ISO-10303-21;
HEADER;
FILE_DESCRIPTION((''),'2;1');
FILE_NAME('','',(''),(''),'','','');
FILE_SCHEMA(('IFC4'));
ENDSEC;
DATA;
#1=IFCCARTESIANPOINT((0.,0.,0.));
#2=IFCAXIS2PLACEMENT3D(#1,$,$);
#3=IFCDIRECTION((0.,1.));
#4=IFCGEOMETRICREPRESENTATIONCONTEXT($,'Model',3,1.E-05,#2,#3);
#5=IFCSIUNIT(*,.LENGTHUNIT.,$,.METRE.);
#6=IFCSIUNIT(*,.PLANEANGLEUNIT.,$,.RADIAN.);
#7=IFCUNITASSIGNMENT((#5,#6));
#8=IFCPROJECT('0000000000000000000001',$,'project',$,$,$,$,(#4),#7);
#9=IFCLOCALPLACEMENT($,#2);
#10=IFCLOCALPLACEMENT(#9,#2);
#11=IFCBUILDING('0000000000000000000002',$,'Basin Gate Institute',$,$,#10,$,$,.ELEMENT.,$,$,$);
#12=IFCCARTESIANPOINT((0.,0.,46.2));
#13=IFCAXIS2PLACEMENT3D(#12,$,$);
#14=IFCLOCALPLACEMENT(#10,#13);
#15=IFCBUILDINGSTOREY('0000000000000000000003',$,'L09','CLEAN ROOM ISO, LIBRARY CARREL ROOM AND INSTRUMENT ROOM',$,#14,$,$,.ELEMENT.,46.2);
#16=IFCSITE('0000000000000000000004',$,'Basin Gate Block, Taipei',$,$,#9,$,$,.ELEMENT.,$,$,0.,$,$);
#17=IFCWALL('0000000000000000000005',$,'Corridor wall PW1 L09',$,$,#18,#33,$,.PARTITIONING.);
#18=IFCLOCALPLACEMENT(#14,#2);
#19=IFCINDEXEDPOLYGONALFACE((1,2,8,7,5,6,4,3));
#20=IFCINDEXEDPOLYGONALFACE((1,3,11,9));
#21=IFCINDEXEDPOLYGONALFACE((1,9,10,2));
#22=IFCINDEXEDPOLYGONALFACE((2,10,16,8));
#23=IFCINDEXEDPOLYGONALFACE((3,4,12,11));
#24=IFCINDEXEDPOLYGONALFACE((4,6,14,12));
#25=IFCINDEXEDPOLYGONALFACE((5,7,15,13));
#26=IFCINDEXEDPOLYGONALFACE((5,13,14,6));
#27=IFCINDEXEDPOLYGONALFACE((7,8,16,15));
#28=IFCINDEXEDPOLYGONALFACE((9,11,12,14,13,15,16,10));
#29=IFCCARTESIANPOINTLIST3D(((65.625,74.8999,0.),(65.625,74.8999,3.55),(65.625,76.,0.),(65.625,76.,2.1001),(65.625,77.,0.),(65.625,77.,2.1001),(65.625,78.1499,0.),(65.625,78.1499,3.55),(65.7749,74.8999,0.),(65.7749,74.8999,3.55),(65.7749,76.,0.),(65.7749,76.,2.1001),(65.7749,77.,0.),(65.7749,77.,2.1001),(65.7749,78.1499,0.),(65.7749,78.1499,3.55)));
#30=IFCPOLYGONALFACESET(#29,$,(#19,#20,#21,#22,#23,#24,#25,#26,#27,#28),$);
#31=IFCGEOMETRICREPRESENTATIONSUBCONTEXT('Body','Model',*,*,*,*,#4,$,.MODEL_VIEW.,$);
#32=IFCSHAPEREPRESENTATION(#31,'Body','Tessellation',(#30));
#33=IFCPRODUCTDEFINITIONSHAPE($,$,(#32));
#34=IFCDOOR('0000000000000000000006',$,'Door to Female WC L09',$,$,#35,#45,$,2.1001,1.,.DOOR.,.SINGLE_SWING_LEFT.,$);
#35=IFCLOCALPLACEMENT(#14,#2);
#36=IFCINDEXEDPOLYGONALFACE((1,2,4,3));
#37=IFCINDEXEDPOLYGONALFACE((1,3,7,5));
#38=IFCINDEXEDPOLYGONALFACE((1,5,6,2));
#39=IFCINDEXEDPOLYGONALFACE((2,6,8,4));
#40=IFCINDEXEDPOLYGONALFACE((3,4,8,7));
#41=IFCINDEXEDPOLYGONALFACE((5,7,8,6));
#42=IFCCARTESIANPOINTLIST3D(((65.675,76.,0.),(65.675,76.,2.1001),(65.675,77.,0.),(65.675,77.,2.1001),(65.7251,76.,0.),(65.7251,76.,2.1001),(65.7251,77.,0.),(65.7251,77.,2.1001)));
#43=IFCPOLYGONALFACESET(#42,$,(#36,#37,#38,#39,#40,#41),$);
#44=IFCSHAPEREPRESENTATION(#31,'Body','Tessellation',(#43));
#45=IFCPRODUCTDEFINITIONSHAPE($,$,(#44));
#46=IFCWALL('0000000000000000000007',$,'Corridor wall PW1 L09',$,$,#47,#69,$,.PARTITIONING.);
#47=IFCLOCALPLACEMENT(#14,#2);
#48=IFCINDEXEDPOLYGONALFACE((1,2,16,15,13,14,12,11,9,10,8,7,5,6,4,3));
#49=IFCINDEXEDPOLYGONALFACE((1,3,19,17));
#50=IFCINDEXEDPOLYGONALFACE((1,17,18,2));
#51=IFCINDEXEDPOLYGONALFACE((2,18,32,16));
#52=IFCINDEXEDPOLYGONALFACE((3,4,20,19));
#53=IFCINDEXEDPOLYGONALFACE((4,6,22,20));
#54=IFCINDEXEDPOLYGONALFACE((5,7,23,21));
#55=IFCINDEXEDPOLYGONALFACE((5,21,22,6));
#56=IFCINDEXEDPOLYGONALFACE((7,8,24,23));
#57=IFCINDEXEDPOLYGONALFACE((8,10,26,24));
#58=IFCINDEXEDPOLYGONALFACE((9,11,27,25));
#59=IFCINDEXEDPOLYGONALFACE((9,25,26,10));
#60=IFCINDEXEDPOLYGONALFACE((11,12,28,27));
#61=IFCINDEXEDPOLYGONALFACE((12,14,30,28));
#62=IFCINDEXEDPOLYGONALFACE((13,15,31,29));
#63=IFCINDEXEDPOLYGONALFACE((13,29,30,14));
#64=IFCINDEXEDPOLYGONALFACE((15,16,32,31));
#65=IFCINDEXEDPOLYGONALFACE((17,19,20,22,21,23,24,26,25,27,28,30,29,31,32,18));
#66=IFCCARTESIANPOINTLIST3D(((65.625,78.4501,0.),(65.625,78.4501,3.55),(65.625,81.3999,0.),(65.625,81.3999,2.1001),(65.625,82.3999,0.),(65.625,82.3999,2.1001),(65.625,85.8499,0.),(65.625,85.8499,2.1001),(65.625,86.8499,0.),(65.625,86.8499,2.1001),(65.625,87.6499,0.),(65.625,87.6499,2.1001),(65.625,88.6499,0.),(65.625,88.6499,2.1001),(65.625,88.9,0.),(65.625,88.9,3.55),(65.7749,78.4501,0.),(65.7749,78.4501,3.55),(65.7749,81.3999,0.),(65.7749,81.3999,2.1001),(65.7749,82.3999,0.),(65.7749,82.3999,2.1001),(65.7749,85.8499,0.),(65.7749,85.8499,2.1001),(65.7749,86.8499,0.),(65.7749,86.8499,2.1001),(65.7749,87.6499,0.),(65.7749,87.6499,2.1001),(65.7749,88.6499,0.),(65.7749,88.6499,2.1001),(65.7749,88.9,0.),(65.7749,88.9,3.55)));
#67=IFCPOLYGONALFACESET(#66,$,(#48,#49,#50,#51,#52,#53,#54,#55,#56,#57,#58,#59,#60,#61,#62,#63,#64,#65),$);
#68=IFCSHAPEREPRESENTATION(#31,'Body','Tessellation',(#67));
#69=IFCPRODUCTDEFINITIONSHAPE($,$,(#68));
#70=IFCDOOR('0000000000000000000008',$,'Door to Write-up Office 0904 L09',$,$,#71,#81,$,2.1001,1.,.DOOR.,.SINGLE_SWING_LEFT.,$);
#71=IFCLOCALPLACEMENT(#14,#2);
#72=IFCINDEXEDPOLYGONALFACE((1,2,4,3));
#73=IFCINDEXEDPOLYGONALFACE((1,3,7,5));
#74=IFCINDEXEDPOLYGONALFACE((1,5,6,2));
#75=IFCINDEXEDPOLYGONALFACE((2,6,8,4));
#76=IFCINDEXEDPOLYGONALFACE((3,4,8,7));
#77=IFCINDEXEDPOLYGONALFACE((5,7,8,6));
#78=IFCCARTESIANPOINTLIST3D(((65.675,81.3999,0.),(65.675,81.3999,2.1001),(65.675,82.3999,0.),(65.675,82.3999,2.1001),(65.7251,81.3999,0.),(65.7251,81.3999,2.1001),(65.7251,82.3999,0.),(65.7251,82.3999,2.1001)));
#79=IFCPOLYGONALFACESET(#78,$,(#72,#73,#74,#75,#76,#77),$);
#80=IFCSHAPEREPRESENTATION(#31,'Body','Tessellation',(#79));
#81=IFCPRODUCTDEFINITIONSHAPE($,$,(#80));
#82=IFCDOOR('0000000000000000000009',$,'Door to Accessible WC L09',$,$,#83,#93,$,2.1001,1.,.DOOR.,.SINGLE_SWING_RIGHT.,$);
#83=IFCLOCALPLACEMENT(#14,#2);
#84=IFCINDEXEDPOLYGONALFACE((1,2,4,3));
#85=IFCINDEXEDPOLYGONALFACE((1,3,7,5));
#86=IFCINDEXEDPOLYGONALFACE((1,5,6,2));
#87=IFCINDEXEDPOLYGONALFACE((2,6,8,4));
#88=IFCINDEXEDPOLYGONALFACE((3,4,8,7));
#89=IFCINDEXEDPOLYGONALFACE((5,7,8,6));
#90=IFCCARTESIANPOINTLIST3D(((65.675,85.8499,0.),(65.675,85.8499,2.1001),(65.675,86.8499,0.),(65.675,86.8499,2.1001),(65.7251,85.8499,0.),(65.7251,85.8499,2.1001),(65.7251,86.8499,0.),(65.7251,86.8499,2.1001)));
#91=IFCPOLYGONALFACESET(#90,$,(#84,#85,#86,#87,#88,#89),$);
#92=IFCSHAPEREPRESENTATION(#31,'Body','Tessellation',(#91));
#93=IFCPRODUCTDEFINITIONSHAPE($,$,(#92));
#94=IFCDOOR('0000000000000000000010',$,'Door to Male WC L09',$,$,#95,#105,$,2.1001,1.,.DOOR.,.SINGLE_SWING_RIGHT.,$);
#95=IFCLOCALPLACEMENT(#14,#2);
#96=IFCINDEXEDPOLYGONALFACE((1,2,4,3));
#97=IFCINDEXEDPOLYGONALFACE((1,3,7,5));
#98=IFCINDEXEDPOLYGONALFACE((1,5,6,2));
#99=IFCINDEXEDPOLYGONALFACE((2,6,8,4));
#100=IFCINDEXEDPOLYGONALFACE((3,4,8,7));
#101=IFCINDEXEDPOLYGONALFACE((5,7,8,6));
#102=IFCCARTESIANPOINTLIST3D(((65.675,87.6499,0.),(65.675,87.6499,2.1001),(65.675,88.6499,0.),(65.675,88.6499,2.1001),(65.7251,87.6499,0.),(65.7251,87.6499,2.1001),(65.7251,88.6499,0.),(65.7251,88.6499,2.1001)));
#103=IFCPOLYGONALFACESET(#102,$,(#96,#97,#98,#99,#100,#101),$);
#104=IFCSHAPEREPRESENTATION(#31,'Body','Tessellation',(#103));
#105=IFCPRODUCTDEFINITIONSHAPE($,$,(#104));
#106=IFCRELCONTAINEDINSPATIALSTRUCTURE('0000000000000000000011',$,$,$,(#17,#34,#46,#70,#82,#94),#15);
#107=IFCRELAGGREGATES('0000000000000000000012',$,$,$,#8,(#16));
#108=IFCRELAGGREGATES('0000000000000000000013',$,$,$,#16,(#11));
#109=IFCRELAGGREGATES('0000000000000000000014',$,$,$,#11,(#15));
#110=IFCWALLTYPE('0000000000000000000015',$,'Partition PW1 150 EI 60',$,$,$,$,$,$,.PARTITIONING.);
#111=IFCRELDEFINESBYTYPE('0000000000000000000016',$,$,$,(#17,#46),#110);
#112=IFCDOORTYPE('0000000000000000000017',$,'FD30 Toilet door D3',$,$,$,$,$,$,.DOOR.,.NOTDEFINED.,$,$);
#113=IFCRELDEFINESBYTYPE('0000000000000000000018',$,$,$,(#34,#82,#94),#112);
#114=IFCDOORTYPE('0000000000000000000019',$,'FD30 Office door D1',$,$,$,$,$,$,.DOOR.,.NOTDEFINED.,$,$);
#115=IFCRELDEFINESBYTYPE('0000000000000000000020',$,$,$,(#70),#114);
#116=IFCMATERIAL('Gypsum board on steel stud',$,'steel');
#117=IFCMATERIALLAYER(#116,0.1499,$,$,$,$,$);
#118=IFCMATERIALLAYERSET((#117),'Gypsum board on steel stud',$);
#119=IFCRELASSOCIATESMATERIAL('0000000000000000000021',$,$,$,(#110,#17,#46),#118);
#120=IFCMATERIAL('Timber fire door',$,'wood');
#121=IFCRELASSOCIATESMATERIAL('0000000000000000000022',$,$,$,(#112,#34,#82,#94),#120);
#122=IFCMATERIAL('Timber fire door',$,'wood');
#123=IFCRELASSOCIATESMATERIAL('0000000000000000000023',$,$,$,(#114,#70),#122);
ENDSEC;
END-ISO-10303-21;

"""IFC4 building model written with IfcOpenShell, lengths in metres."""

from ifc_helpers import new_model, si_unit, direction, frame, frame_2d, origin, place, context, subcontext, project, spatial, rectangle, extrude, material, layer, layer_set, type_object, element, fill, save


model = new_model("IFC4")

# Units and contexts
model_context = context("Model", 3, precision=1e-05, world=origin(), true_north=direction((0.0, 1.0)))
body_context = subcontext(model_context, "Body", "Model", "MODEL_VIEW")
ifc_project = project(units=[si_unit("LENGTHUNIT", "METRE"), si_unit("PLANEANGLEUNIT", "RADIAN")], contexts=[model_context])

# Site, building, storey
site_placement = place(None, origin())
site = spatial("IfcSite", under=ifc_project, at=site_placement, Name="Basin Gate Block, Taipei", CompositionType="ELEMENT", RefElevation=0.0)
building_placement = place(site_placement, origin())
building = spatial("IfcBuilding", under=site, at=building_placement, Name="Basin Gate Institute", CompositionType="ELEMENT")
storey_placement = place(building_placement, frame((0.0, 0.0, 46.2)))
storey = spatial("IfcBuildingStorey", under=building, at=storey_placement, Name="L09", Description="CLEAN ROOM ISO, LIBRARY CARREL ROOM AND INSTRUMENT ROOM", CompositionType="ELEMENT", Elevation=46.2)

# Wall, opening, door
ifc_material_1 = material(Name="Gypsum board on steel stud", Category="steel")
ifc_layer_1 = layer(ifc_material_1, 0.1499)
ifc_layer_set_1 = layer_set([ifc_layer_1], Name="Gypsum board on steel stud")
wall_type_1 = type_object("IfcWallType", Name="Partition PW1 150 EI 60", PredefinedType="PARTITIONING", material=ifc_layer_set_1)
wall_1_placement = place(storey_placement, frame((65.7, 74.8999, 0.0), z_axis=(0.0, 0.0, 1.0), x_axis=(0.0, 1.0, 0.0)))
wall_1 = element("IfcWall", 1, at=wall_1_placement, inside=storey, type_object=wall_type_1, material=ifc_layer_set_1, Name="Corridor wall PW1 L09", PredefinedType="PARTITIONING", context=body_context, shape_type="SweptSolid", body=[
    extrude(rectangle(XDim=3.25, YDim=0.1499, at=frame_2d((1.625, 0.0))), origin(), (0.0, 0.0, 1.0), 3.55),
])
opening_1_placement = place(wall_1_placement, frame((1.1001, 0.0, 0.0)))
opening_1 = element("IfcOpeningElement", 2, at=opening_1_placement, cuts=wall_1, PredefinedType="OPENING", context=body_context, shape_type="SweptSolid", body=[
    extrude(rectangle(XDim=1.0, YDim=2.1001, at=frame_2d((0.5, 1.05))), frame((0.0, 0.085, 0.0), z_axis=(0.0, -1.0, 0.0), x_axis=(1.0, 0.0, 0.0)), (0.0, 0.0, 1.0), 0.1699),
])
ifc_material_2 = material(Name="Timber fire door", Category="wood")
door_type_1 = type_object("IfcDoorType", Name="FD30 Toilet door D3", OperationType="NOTDEFINED", PredefinedType="DOOR", material=ifc_material_2)
door_1_placement = place(opening_1_placement, origin())
door_1 = element("IfcDoor", 3, at=door_1_placement, inside=storey, type_object=door_type_1, material=ifc_material_2, Name="Door to Female WC L09", OperationType="SINGLE_SWING_LEFT", OverallHeight=2.1001, OverallWidth=1.0, PredefinedType="DOOR", context=body_context, shape_type="SweptSolid", body=[
    extrude(rectangle(XDim=1.0, YDim=2.1001, at=frame_2d((0.5, 1.05))), frame((0.0, 0.0249, 0.0), z_axis=(0.0, -1.0, 0.0), x_axis=(1.0, 0.0, 0.0)), (0.0, 0.0, 1.0), 0.05),
])
fill(opening_1, door_1)

# Wall, openings, doors
wall_2_placement = place(storey_placement, frame((65.7, 78.45, 0.0), z_axis=(0.0, 0.0, 1.0), x_axis=(0.0, 1.0, 0.0)))
wall_2 = element("IfcWall", 4, at=wall_2_placement, inside=storey, type_object=wall_type_1, material=ifc_layer_set_1, Name="Corridor wall PW1 L09", PredefinedType="PARTITIONING", context=body_context, shape_type="SweptSolid", body=[
    extrude(rectangle(XDim=10.45, YDim=0.1499, at=frame_2d((5.2251, 0.0))), origin(), (0.0, 0.0, 1.0), 3.55),
])
opening_2_placement = place(wall_2_placement, frame((7.3999, 0.0, 0.0)))
opening_2 = element("IfcOpeningElement", 5, at=opening_2_placement, cuts=wall_2, PredefinedType="OPENING", context=body_context, shape_type="SweptSolid", body=[
    extrude(rectangle(XDim=1.0, YDim=2.1001, at=frame_2d((0.5, 1.05))), frame((0.0, 0.085, 0.0), z_axis=(0.0, -1.0, 0.0), x_axis=(1.0, 0.0, 0.0)), (0.0, 0.0, 1.0), 0.1699),
])
opening_3_placement = place(wall_2_placement, frame((9.2, 0.0, 0.0)))
opening_3 = element("IfcOpeningElement", 6, at=opening_3_placement, cuts=wall_2, PredefinedType="OPENING", context=body_context, shape_type="SweptSolid", body=[
    extrude(rectangle(XDim=1.0, YDim=2.1001, at=frame_2d((0.5, 1.05))), frame((0.0, 0.085, 0.0), z_axis=(0.0, -1.0, 0.0), x_axis=(1.0, 0.0, 0.0)), (0.0, 0.0, 1.0), 0.1699),
])
opening_4_placement = place(wall_2_placement, frame((2.95, 0.0, 0.0)))
opening_4 = element("IfcOpeningElement", 7, at=opening_4_placement, cuts=wall_2, PredefinedType="OPENING", context=body_context, shape_type="SweptSolid", body=[
    extrude(rectangle(XDim=1.0, YDim=2.1001, at=frame_2d((0.5, 1.05))), frame((0.0, 0.085, 0.0), z_axis=(0.0, -1.0, 0.0), x_axis=(1.0, 0.0, 0.0)), (0.0, 0.0, 1.0), 0.1699),
])
ifc_material_3 = material(Name="Timber fire door", Category="wood")
door_type_2 = type_object("IfcDoorType", Name="FD30 Office door D1", OperationType="NOTDEFINED", PredefinedType="DOOR", material=ifc_material_3)
door_2_placement = place(opening_4_placement, origin())
door_2 = element("IfcDoor", 8, at=door_2_placement, inside=storey, type_object=door_type_2, material=ifc_material_3, Name="Door to Write-up Office 0904 L09", OperationType="SINGLE_SWING_LEFT", OverallHeight=2.1001, OverallWidth=1.0, PredefinedType="DOOR", context=body_context, shape_type="SweptSolid", body=[
    extrude(rectangle(XDim=1.0, YDim=2.1001, at=frame_2d((0.5, 1.05))), frame((0.0, 0.0249, 0.0), z_axis=(0.0, -1.0, 0.0), x_axis=(1.0, 0.0, 0.0)), (0.0, 0.0, 1.0), 0.05),
])
fill(opening_4, door_2)
door_3_placement = place(opening_2_placement, origin())
door_3 = element("IfcDoor", 9, at=door_3_placement, inside=storey, type_object=door_type_1, material=ifc_material_2, Name="Door to Accessible WC L09", OperationType="SINGLE_SWING_RIGHT", OverallHeight=2.1001, OverallWidth=1.0, PredefinedType="DOOR", context=body_context, shape_type="SweptSolid", body=[
    extrude(rectangle(XDim=1.0, YDim=2.1001, at=frame_2d((0.5, 1.05))), frame((0.0, 0.0249, 0.0), z_axis=(0.0, -1.0, 0.0), x_axis=(1.0, 0.0, 0.0)), (0.0, 0.0, 1.0), 0.05),
])
fill(opening_2, door_3)
door_4_placement = place(opening_3_placement, origin())
door_4 = element("IfcDoor", 10, at=door_4_placement, inside=storey, type_object=door_type_1, material=ifc_material_2, Name="Door to Male WC L09", OperationType="SINGLE_SWING_RIGHT", OverallHeight=2.1001, OverallWidth=1.0, PredefinedType="DOOR", context=body_context, shape_type="SweptSolid", body=[
    extrude(rectangle(XDim=1.0, YDim=2.1001, at=frame_2d((0.5, 1.05))), frame((0.0, 0.0249, 0.0), z_axis=(0.0, -1.0, 0.0), x_axis=(1.0, 0.0, 0.0)), (0.0, 0.0, 1.0), 0.05),
])
fill(opening_3, door_4)

save(model, "model.ifc")
